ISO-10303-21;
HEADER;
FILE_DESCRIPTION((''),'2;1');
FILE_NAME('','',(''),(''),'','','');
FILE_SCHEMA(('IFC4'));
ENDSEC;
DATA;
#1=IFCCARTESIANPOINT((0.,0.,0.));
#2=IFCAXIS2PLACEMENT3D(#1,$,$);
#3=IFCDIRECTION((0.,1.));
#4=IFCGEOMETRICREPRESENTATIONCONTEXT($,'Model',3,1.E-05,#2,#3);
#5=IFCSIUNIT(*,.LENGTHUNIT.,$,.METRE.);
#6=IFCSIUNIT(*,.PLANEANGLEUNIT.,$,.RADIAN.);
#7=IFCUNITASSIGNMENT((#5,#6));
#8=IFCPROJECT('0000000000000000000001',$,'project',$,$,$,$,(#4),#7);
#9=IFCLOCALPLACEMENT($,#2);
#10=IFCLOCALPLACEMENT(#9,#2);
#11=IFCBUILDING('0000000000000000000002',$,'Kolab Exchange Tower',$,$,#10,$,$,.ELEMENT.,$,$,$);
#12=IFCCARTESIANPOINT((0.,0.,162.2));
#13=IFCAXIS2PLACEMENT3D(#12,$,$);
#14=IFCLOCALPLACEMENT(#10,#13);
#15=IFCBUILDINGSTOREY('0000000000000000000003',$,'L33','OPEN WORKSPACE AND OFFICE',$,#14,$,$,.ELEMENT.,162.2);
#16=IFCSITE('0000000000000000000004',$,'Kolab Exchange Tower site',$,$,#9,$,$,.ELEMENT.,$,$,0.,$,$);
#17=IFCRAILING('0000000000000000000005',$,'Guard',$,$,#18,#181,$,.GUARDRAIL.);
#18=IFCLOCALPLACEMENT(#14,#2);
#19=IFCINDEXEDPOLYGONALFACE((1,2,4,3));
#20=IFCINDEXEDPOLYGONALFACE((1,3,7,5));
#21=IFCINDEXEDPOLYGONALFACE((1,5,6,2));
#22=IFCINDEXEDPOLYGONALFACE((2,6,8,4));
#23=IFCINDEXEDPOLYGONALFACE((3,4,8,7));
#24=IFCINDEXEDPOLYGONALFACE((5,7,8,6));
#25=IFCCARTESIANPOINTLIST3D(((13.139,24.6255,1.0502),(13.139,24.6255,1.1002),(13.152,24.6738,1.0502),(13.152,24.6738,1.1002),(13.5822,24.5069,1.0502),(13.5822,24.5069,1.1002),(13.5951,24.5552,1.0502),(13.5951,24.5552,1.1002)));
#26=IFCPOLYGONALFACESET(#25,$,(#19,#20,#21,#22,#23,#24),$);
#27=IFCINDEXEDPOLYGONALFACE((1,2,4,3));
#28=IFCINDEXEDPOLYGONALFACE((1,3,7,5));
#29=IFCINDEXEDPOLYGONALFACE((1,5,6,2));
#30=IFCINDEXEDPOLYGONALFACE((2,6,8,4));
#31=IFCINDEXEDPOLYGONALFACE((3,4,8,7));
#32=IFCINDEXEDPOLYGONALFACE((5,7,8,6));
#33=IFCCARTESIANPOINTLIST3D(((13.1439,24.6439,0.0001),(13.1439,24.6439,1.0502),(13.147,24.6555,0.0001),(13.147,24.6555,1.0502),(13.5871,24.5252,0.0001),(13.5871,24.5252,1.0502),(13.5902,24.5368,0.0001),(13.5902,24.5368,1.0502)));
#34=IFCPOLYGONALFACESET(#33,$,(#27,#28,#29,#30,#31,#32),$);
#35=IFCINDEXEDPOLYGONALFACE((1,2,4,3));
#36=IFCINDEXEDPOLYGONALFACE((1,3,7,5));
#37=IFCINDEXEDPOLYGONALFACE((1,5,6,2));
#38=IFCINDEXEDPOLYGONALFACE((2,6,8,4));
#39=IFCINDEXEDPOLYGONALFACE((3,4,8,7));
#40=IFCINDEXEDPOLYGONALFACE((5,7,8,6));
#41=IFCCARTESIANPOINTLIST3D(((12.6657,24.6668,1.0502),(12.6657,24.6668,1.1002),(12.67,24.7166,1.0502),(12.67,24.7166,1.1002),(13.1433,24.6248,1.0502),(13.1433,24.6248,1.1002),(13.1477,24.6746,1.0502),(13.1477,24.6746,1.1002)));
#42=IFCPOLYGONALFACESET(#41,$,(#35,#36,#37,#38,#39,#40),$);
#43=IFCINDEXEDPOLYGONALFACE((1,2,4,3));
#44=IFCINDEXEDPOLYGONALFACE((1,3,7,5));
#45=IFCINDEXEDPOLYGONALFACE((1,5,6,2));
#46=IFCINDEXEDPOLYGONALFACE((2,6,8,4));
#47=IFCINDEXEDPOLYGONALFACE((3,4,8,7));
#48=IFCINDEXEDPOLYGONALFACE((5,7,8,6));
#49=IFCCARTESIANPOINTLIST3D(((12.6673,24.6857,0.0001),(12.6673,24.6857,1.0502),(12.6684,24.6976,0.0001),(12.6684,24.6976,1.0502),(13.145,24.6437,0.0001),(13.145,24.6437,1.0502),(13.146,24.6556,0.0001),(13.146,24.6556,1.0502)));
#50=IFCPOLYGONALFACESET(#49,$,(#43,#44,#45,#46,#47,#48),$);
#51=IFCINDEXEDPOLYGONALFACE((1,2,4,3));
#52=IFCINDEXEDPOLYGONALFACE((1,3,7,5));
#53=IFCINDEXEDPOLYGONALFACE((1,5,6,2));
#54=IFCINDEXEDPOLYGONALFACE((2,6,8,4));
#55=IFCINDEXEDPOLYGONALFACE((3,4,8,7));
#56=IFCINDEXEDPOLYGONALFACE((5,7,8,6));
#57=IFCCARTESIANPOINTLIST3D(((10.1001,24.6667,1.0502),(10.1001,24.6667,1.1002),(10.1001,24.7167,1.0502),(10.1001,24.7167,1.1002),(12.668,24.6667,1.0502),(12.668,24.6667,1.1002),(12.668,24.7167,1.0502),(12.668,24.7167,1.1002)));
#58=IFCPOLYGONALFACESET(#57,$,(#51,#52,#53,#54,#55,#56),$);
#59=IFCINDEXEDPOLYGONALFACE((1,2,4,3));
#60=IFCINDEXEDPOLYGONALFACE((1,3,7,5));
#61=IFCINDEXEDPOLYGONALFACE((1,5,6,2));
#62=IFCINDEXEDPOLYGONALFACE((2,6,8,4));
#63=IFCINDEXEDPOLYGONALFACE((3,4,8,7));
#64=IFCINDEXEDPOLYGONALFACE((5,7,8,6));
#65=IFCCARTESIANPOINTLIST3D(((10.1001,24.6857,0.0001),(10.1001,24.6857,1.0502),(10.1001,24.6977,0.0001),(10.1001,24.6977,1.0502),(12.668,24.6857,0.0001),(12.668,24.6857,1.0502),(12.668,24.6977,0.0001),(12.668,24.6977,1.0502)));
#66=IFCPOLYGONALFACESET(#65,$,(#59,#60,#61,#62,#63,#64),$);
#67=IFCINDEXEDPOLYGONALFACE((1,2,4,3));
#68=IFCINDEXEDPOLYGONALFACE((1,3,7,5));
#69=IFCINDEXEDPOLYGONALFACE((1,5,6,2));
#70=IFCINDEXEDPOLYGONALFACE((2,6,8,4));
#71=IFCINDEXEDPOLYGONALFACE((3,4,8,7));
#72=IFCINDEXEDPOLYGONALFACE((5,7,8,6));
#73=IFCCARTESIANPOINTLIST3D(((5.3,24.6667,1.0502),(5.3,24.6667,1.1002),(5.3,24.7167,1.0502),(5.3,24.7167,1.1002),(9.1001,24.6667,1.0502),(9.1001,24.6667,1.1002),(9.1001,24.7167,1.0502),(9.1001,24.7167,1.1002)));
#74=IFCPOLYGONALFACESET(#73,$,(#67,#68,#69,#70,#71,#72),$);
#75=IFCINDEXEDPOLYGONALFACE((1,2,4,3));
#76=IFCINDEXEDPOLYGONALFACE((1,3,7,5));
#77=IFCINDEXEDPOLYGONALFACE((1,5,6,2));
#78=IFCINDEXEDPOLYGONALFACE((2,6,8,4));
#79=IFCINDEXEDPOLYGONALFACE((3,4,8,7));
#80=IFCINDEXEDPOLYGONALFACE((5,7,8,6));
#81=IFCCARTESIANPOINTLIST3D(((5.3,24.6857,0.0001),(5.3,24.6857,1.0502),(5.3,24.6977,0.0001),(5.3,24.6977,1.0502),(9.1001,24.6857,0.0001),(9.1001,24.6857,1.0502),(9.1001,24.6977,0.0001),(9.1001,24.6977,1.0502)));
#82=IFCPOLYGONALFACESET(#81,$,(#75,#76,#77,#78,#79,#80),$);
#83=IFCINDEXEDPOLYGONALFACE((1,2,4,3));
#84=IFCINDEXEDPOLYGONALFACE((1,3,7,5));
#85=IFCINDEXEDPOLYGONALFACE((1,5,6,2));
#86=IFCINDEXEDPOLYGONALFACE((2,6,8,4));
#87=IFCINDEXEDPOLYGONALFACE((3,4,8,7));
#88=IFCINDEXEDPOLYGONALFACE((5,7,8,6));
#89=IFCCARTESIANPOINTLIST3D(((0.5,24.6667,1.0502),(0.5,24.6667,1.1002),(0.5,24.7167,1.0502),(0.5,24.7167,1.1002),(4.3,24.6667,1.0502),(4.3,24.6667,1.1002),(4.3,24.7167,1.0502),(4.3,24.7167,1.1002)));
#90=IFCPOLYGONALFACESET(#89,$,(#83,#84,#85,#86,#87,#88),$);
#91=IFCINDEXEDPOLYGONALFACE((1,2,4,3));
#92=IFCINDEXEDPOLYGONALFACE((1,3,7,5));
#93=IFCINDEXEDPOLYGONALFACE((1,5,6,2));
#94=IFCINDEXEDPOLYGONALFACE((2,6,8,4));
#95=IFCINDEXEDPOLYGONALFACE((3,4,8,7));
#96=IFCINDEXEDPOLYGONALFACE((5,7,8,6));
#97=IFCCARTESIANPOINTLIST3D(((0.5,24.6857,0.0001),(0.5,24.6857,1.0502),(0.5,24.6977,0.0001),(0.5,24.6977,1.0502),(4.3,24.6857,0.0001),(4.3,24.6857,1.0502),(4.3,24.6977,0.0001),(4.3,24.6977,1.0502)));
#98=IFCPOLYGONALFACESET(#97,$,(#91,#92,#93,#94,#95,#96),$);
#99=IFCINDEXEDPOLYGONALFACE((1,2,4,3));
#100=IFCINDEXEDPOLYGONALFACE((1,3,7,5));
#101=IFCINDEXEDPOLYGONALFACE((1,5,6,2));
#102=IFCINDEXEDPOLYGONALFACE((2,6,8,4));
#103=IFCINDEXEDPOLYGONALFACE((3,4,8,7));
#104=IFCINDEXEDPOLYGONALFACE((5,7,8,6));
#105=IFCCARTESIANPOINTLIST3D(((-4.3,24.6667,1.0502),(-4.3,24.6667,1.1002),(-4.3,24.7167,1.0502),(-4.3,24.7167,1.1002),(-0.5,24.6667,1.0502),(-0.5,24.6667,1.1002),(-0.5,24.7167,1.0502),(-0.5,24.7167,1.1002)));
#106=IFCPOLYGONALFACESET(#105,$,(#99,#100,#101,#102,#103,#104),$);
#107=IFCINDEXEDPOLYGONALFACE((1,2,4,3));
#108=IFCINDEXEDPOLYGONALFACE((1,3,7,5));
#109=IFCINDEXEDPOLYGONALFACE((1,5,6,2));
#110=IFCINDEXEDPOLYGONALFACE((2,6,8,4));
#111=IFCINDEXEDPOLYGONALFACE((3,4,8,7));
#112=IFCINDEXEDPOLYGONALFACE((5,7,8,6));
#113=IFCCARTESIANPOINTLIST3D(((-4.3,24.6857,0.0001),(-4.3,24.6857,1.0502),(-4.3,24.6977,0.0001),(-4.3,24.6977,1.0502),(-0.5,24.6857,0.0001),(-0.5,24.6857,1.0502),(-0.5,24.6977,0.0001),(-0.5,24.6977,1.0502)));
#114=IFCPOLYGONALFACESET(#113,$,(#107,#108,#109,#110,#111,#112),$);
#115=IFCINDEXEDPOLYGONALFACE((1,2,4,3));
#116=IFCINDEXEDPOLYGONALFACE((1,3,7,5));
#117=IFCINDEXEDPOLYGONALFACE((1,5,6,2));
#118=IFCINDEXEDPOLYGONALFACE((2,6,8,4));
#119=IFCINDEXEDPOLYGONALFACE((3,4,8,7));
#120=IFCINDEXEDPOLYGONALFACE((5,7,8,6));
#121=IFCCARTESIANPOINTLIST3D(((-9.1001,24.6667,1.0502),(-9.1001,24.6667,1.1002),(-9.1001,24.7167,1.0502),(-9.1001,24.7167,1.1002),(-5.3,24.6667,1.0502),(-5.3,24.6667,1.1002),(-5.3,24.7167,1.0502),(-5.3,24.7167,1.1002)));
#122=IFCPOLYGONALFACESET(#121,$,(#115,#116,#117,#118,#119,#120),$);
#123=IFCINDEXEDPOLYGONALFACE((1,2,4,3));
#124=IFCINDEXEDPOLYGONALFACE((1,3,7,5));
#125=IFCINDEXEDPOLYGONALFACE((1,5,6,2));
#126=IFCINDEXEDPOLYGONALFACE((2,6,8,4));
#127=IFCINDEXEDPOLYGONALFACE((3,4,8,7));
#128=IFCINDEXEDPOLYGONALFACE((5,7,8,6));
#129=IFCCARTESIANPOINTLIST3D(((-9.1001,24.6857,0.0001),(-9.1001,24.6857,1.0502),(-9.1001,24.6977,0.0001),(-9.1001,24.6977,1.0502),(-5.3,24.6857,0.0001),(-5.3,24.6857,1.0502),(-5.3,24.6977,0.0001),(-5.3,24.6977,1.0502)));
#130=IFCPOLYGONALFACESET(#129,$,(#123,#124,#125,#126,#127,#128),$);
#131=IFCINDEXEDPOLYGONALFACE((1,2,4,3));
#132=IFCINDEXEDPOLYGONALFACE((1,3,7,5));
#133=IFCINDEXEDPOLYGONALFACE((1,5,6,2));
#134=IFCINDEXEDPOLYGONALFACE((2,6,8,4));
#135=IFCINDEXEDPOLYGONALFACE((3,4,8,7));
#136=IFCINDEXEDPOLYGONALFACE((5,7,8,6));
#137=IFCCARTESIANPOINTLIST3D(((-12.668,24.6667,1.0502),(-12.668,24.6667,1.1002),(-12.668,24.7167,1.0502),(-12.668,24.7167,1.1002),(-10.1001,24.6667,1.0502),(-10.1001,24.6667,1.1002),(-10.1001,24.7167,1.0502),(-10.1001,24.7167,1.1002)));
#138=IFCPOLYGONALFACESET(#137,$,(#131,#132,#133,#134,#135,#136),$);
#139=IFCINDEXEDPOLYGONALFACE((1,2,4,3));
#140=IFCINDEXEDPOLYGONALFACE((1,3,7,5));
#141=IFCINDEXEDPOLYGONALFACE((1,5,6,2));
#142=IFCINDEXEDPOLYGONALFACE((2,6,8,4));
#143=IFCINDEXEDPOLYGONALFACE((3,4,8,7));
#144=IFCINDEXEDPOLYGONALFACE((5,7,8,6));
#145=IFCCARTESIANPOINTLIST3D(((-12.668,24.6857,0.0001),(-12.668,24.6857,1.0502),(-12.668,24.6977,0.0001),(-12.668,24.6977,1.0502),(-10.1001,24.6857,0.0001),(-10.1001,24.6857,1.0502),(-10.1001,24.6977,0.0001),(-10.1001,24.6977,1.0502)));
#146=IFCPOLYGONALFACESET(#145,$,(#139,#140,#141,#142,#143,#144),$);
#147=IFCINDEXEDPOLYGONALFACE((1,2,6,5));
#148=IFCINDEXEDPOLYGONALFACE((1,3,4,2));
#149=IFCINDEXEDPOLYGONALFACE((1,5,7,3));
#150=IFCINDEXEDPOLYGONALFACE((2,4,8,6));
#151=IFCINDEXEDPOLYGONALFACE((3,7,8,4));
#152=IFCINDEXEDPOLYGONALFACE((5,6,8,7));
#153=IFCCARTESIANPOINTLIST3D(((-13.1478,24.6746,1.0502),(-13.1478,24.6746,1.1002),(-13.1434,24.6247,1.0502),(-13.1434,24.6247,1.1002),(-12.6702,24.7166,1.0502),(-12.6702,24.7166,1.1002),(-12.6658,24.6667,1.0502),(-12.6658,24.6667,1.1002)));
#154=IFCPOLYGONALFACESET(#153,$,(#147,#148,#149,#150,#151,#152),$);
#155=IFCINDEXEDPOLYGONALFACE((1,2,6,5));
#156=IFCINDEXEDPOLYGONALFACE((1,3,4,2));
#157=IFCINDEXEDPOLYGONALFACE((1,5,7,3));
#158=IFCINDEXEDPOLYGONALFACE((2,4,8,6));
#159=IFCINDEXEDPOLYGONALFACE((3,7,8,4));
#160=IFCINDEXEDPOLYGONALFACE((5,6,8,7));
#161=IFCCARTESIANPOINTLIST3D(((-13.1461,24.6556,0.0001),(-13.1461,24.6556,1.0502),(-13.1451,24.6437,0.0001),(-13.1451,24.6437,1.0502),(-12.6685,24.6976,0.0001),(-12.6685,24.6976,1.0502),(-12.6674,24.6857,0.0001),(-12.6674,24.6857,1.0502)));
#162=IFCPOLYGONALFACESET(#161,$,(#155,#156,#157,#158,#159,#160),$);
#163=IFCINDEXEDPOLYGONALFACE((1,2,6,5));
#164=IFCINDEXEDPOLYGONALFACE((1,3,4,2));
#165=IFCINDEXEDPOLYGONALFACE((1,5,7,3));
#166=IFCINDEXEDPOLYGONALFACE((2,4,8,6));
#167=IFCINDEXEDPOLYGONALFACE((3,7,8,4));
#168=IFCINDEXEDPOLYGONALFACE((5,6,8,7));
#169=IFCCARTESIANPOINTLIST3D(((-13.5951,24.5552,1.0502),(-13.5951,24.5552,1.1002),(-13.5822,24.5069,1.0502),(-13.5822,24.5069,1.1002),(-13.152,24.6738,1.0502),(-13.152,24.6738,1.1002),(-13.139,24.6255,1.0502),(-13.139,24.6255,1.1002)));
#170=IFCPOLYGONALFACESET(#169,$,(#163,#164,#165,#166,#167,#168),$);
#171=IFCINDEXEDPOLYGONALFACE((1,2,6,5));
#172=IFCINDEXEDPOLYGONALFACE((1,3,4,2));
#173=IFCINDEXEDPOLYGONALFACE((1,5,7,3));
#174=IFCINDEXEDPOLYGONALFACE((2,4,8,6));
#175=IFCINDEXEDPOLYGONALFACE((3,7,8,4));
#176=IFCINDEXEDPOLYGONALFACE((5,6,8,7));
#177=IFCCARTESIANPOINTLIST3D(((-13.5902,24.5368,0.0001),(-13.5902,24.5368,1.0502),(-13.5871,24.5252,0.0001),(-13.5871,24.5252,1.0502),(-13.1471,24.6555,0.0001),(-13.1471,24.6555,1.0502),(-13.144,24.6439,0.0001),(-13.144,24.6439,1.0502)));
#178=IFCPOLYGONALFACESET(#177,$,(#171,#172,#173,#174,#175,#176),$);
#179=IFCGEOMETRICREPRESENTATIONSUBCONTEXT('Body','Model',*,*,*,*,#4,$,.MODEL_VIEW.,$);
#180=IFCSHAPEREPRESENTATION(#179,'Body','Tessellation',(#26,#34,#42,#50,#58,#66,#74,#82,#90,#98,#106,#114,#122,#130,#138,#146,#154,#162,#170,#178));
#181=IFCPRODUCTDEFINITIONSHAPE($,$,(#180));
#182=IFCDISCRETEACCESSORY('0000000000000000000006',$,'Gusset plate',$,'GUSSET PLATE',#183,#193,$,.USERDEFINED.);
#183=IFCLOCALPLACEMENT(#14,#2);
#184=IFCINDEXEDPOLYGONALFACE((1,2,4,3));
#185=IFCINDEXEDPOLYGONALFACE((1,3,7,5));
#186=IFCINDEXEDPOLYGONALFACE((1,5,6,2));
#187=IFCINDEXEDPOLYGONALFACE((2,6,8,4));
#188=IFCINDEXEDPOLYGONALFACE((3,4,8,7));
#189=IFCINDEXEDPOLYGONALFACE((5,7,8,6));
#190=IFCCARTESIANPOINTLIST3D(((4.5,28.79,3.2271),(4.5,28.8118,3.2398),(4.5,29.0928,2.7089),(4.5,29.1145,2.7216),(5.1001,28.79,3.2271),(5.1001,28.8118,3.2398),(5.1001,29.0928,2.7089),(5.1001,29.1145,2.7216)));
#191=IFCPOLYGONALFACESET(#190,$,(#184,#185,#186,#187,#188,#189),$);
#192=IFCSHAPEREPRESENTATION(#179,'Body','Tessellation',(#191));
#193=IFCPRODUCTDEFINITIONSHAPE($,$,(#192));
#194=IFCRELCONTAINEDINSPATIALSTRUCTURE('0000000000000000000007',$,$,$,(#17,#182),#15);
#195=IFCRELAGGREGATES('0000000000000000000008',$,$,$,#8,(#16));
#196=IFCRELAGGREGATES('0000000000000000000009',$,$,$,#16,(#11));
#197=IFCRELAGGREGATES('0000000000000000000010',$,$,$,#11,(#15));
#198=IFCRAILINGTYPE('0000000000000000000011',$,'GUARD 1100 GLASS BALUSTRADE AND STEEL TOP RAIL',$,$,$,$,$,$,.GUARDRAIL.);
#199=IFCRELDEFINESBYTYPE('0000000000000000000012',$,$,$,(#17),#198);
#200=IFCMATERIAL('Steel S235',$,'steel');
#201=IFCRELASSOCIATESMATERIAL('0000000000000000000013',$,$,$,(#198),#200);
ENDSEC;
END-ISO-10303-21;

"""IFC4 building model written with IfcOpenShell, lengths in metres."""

from ifc_helpers import new_model, si_unit, direction, frame, frame_2d, origin, origin_2d, place, context, subcontext, project, spatial, rectangle, extrude, material, type_object, element, save


model = new_model("IFC4")

# Units and contexts
model_context = context("Model", 3, precision=1e-05, world=origin(), true_north=direction((0.0, 1.0)))
body_context = subcontext(model_context, "Body", "Model", "MODEL_VIEW")
ifc_project = project(units=[si_unit("LENGTHUNIT", "METRE"), si_unit("PLANEANGLEUNIT", "RADIAN")], contexts=[model_context])

# Site, building, storey
site_placement = place(None, origin())
site = spatial("IfcSite", under=ifc_project, at=site_placement, Name="Kolab Exchange Tower site", CompositionType="ELEMENT", RefElevation=0.0)
building_placement = place(site_placement, origin())
building = spatial("IfcBuilding", under=site, at=building_placement, Name="Kolab Exchange Tower", CompositionType="ELEMENT")
storey_placement = place(building_placement, frame((0.0, 0.0, 162.2)))
storey = spatial("IfcBuildingStorey", under=building, at=storey_placement, Name="L33", Description="OPEN WORKSPACE AND OFFICE", CompositionType="ELEMENT", Elevation=162.2)

# Railing
ifc_material_1 = material(Name="Steel S235", Category="steel")
railing_type = type_object("IfcRailingType", Name="GUARD 1100 GLASS BALUSTRADE AND STEEL TOP RAIL", PredefinedType="GUARDRAIL", material=ifc_material_1)
railing_placement = place(storey_placement, frame((13.5886, 24.531, 0.0)))
element("IfcRailing", 1, at=railing_placement, inside=storey, type_object=railing_type, Name="Guard", PredefinedType="GUARDRAIL", context=body_context, shape_type="SweptSolid", body=[
    extrude(rectangle(XDim=0.05, YDim=0.05, at=origin_2d()), frame((0.0, 0.0, 1.0752), z_axis=(-0.965969, 0.258656, 0.0), x_axis=(-0.258656, -0.965969, 0.0)), (0.0, 0.0, 1.0), 0.4587),
    extrude(rectangle(XDim=0.012, YDim=1.0501, at=frame_2d((0.0, 0.5251))), frame((0.0, 0.0, 0.0), z_axis=(-0.965969, 0.258656, 0.0), x_axis=(-0.258656, -0.965969, 0.0)), (0.0, 0.0, 1.0), 0.4587),
    extrude(rectangle(XDim=0.05, YDim=0.05, at=origin_2d()), frame((-0.4431, 0.1187, 1.0752), z_axis=(-0.996156, 0.087597, 0.0), x_axis=(-0.087597, -0.996156, 0.0)), (0.0, 0.0, 1.0), 0.4795),
    extrude(rectangle(XDim=0.012, YDim=1.0501, at=frame_2d((0.0, 0.5251))), frame((-0.4431, 0.1187, 0.0), z_axis=(-0.996156, 0.087597, 0.0), x_axis=(-0.087597, -0.996156, 0.0)), (0.0, 0.0, 1.0), 0.4795),
    extrude(rectangle(XDim=0.05, YDim=0.05, at=origin_2d()), frame((-0.9207, 0.1606, 1.0752), z_axis=(-1.0, 0.0, 0.0), x_axis=(0.0, -1.0, 0.0)), (0.0, 0.0, 1.0), 2.5679),
    extrude(rectangle(XDim=0.012, YDim=1.0501, at=frame_2d((0.0, 0.5251))), frame((-0.9207, 0.1606, 0.0), z_axis=(-1.0, 0.0, 0.0), x_axis=(0.0, -1.0, 0.0)), (0.0, 0.0, 1.0), 2.5679),
    extrude(rectangle(XDim=0.05, YDim=0.05, at=origin_2d()), frame((-4.4885, 0.1606, 1.0752), z_axis=(-1.0, 0.0, 0.0), x_axis=(0.0, -1.0, 0.0)), (0.0, 0.0, 1.0), 3.8),
    extrude(rectangle(XDim=0.012, YDim=1.0501, at=frame_2d((0.0, 0.5251))), frame((-4.4885, 0.1606, 0.0), z_axis=(-1.0, 0.0, 0.0), x_axis=(0.0, -1.0, 0.0)), (0.0, 0.0, 1.0), 3.8),
    extrude(rectangle(XDim=0.05, YDim=0.05, at=origin_2d()), frame((-9.2886, 0.1606, 1.0752), z_axis=(-1.0, 0.0, 0.0), x_axis=(0.0, -1.0, 0.0)), (0.0, 0.0, 1.0), 3.8),
    extrude(rectangle(XDim=0.012, YDim=1.0501, at=frame_2d((0.0, 0.5251))), frame((-9.2886, 0.1606, 0.0), z_axis=(-1.0, 0.0, 0.0), x_axis=(0.0, -1.0, 0.0)), (0.0, 0.0, 1.0), 3.8),
    extrude(rectangle(XDim=0.05, YDim=0.05, at=origin_2d()), frame((-14.0886, 0.1606, 1.0752), z_axis=(-1.0, 0.0, 0.0), x_axis=(0.0, -1.0, 0.0)), (0.0, 0.0, 1.0), 3.8),
    extrude(rectangle(XDim=0.012, YDim=1.0501, at=frame_2d((0.0, 0.5251))), frame((-14.0886, 0.1606, 0.0), z_axis=(-1.0, 0.0, 0.0), x_axis=(0.0, -1.0, 0.0)), (0.0, 0.0, 1.0), 3.8),
    extrude(rectangle(XDim=0.05, YDim=0.05, at=origin_2d()), frame((-18.8887, 0.1606, 1.0752), z_axis=(-1.0, 0.0, 0.0), x_axis=(0.0, -1.0, 0.0)), (0.0, 0.0, 1.0), 3.8),
    extrude(rectangle(XDim=0.012, YDim=1.0501, at=frame_2d((0.0, 0.5251))), frame((-18.8887, 0.1606, 0.0), z_axis=(-1.0, 0.0, 0.0), x_axis=(0.0, -1.0, 0.0)), (0.0, 0.0, 1.0), 3.8),
    extrude(rectangle(XDim=0.05, YDim=0.05, at=origin_2d()), frame((-23.6887, 0.1606, 1.0752), z_axis=(-1.0, 0.0, 0.0), x_axis=(0.0, -1.0, 0.0)), (0.0, 0.0, 1.0), 2.5679),
    extrude(rectangle(XDim=0.012, YDim=1.0501, at=frame_2d((0.0, 0.5251))), frame((-23.6887, 0.1606, 0.0), z_axis=(-1.0, 0.0, 0.0), x_axis=(0.0, -1.0, 0.0)), (0.0, 0.0, 1.0), 2.5679),
    extrude(rectangle(XDim=0.05, YDim=0.05, at=origin_2d()), frame((-26.2566, 0.1606, 1.0752), z_axis=(-0.996156, -0.087597, 0.0), x_axis=(0.087597, -0.996156, 0.0)), (0.0, 0.0, 1.0), 0.4795),
    extrude(rectangle(XDim=0.012, YDim=1.0501, at=frame_2d((0.0, 0.5251))), frame((-26.2566, 0.1606, 0.0), z_axis=(-0.996156, -0.087597, 0.0), x_axis=(0.087597, -0.996156, 0.0)), (0.0, 0.0, 1.0), 0.4795),
    extrude(rectangle(XDim=0.05, YDim=0.05, at=origin_2d()), frame((-26.7341, 0.1187, 1.0752), z_axis=(-0.965969, -0.258656, 0.0), x_axis=(0.258656, -0.965969, 0.0)), (0.0, 0.0, 1.0), 0.4587),
    extrude(rectangle(XDim=0.012, YDim=1.0501, at=frame_2d((0.0, 0.5251))), frame((-26.7341, 0.1187, 0.0), z_axis=(-0.965969, -0.258656, 0.0), x_axis=(0.258656, -0.965969, 0.0)), (0.0, 0.0, 1.0), 0.4587),
])

# Discrete accessory
discrete_accessory_placement = place(storey_placement, frame((4.8, 28.9414, 2.968), z_axis=(0.0, 0.863427, 0.504474), x_axis=(-1.0, 0.0, 0.0)))
element("IfcDiscreteAccessory", 2, at=discrete_accessory_placement, inside=storey, Name="Gusset plate", ObjectType="GUSSET PLATE", PredefinedType="USERDEFINED", context=body_context, shape_type="SweptSolid", body=[
    extrude(rectangle(XDim=0.6001, YDim=0.6001, at=origin_2d()), origin(), (0.0, 0.0, 1.0), 0.0251),
])

save(model, "model.ifc")
